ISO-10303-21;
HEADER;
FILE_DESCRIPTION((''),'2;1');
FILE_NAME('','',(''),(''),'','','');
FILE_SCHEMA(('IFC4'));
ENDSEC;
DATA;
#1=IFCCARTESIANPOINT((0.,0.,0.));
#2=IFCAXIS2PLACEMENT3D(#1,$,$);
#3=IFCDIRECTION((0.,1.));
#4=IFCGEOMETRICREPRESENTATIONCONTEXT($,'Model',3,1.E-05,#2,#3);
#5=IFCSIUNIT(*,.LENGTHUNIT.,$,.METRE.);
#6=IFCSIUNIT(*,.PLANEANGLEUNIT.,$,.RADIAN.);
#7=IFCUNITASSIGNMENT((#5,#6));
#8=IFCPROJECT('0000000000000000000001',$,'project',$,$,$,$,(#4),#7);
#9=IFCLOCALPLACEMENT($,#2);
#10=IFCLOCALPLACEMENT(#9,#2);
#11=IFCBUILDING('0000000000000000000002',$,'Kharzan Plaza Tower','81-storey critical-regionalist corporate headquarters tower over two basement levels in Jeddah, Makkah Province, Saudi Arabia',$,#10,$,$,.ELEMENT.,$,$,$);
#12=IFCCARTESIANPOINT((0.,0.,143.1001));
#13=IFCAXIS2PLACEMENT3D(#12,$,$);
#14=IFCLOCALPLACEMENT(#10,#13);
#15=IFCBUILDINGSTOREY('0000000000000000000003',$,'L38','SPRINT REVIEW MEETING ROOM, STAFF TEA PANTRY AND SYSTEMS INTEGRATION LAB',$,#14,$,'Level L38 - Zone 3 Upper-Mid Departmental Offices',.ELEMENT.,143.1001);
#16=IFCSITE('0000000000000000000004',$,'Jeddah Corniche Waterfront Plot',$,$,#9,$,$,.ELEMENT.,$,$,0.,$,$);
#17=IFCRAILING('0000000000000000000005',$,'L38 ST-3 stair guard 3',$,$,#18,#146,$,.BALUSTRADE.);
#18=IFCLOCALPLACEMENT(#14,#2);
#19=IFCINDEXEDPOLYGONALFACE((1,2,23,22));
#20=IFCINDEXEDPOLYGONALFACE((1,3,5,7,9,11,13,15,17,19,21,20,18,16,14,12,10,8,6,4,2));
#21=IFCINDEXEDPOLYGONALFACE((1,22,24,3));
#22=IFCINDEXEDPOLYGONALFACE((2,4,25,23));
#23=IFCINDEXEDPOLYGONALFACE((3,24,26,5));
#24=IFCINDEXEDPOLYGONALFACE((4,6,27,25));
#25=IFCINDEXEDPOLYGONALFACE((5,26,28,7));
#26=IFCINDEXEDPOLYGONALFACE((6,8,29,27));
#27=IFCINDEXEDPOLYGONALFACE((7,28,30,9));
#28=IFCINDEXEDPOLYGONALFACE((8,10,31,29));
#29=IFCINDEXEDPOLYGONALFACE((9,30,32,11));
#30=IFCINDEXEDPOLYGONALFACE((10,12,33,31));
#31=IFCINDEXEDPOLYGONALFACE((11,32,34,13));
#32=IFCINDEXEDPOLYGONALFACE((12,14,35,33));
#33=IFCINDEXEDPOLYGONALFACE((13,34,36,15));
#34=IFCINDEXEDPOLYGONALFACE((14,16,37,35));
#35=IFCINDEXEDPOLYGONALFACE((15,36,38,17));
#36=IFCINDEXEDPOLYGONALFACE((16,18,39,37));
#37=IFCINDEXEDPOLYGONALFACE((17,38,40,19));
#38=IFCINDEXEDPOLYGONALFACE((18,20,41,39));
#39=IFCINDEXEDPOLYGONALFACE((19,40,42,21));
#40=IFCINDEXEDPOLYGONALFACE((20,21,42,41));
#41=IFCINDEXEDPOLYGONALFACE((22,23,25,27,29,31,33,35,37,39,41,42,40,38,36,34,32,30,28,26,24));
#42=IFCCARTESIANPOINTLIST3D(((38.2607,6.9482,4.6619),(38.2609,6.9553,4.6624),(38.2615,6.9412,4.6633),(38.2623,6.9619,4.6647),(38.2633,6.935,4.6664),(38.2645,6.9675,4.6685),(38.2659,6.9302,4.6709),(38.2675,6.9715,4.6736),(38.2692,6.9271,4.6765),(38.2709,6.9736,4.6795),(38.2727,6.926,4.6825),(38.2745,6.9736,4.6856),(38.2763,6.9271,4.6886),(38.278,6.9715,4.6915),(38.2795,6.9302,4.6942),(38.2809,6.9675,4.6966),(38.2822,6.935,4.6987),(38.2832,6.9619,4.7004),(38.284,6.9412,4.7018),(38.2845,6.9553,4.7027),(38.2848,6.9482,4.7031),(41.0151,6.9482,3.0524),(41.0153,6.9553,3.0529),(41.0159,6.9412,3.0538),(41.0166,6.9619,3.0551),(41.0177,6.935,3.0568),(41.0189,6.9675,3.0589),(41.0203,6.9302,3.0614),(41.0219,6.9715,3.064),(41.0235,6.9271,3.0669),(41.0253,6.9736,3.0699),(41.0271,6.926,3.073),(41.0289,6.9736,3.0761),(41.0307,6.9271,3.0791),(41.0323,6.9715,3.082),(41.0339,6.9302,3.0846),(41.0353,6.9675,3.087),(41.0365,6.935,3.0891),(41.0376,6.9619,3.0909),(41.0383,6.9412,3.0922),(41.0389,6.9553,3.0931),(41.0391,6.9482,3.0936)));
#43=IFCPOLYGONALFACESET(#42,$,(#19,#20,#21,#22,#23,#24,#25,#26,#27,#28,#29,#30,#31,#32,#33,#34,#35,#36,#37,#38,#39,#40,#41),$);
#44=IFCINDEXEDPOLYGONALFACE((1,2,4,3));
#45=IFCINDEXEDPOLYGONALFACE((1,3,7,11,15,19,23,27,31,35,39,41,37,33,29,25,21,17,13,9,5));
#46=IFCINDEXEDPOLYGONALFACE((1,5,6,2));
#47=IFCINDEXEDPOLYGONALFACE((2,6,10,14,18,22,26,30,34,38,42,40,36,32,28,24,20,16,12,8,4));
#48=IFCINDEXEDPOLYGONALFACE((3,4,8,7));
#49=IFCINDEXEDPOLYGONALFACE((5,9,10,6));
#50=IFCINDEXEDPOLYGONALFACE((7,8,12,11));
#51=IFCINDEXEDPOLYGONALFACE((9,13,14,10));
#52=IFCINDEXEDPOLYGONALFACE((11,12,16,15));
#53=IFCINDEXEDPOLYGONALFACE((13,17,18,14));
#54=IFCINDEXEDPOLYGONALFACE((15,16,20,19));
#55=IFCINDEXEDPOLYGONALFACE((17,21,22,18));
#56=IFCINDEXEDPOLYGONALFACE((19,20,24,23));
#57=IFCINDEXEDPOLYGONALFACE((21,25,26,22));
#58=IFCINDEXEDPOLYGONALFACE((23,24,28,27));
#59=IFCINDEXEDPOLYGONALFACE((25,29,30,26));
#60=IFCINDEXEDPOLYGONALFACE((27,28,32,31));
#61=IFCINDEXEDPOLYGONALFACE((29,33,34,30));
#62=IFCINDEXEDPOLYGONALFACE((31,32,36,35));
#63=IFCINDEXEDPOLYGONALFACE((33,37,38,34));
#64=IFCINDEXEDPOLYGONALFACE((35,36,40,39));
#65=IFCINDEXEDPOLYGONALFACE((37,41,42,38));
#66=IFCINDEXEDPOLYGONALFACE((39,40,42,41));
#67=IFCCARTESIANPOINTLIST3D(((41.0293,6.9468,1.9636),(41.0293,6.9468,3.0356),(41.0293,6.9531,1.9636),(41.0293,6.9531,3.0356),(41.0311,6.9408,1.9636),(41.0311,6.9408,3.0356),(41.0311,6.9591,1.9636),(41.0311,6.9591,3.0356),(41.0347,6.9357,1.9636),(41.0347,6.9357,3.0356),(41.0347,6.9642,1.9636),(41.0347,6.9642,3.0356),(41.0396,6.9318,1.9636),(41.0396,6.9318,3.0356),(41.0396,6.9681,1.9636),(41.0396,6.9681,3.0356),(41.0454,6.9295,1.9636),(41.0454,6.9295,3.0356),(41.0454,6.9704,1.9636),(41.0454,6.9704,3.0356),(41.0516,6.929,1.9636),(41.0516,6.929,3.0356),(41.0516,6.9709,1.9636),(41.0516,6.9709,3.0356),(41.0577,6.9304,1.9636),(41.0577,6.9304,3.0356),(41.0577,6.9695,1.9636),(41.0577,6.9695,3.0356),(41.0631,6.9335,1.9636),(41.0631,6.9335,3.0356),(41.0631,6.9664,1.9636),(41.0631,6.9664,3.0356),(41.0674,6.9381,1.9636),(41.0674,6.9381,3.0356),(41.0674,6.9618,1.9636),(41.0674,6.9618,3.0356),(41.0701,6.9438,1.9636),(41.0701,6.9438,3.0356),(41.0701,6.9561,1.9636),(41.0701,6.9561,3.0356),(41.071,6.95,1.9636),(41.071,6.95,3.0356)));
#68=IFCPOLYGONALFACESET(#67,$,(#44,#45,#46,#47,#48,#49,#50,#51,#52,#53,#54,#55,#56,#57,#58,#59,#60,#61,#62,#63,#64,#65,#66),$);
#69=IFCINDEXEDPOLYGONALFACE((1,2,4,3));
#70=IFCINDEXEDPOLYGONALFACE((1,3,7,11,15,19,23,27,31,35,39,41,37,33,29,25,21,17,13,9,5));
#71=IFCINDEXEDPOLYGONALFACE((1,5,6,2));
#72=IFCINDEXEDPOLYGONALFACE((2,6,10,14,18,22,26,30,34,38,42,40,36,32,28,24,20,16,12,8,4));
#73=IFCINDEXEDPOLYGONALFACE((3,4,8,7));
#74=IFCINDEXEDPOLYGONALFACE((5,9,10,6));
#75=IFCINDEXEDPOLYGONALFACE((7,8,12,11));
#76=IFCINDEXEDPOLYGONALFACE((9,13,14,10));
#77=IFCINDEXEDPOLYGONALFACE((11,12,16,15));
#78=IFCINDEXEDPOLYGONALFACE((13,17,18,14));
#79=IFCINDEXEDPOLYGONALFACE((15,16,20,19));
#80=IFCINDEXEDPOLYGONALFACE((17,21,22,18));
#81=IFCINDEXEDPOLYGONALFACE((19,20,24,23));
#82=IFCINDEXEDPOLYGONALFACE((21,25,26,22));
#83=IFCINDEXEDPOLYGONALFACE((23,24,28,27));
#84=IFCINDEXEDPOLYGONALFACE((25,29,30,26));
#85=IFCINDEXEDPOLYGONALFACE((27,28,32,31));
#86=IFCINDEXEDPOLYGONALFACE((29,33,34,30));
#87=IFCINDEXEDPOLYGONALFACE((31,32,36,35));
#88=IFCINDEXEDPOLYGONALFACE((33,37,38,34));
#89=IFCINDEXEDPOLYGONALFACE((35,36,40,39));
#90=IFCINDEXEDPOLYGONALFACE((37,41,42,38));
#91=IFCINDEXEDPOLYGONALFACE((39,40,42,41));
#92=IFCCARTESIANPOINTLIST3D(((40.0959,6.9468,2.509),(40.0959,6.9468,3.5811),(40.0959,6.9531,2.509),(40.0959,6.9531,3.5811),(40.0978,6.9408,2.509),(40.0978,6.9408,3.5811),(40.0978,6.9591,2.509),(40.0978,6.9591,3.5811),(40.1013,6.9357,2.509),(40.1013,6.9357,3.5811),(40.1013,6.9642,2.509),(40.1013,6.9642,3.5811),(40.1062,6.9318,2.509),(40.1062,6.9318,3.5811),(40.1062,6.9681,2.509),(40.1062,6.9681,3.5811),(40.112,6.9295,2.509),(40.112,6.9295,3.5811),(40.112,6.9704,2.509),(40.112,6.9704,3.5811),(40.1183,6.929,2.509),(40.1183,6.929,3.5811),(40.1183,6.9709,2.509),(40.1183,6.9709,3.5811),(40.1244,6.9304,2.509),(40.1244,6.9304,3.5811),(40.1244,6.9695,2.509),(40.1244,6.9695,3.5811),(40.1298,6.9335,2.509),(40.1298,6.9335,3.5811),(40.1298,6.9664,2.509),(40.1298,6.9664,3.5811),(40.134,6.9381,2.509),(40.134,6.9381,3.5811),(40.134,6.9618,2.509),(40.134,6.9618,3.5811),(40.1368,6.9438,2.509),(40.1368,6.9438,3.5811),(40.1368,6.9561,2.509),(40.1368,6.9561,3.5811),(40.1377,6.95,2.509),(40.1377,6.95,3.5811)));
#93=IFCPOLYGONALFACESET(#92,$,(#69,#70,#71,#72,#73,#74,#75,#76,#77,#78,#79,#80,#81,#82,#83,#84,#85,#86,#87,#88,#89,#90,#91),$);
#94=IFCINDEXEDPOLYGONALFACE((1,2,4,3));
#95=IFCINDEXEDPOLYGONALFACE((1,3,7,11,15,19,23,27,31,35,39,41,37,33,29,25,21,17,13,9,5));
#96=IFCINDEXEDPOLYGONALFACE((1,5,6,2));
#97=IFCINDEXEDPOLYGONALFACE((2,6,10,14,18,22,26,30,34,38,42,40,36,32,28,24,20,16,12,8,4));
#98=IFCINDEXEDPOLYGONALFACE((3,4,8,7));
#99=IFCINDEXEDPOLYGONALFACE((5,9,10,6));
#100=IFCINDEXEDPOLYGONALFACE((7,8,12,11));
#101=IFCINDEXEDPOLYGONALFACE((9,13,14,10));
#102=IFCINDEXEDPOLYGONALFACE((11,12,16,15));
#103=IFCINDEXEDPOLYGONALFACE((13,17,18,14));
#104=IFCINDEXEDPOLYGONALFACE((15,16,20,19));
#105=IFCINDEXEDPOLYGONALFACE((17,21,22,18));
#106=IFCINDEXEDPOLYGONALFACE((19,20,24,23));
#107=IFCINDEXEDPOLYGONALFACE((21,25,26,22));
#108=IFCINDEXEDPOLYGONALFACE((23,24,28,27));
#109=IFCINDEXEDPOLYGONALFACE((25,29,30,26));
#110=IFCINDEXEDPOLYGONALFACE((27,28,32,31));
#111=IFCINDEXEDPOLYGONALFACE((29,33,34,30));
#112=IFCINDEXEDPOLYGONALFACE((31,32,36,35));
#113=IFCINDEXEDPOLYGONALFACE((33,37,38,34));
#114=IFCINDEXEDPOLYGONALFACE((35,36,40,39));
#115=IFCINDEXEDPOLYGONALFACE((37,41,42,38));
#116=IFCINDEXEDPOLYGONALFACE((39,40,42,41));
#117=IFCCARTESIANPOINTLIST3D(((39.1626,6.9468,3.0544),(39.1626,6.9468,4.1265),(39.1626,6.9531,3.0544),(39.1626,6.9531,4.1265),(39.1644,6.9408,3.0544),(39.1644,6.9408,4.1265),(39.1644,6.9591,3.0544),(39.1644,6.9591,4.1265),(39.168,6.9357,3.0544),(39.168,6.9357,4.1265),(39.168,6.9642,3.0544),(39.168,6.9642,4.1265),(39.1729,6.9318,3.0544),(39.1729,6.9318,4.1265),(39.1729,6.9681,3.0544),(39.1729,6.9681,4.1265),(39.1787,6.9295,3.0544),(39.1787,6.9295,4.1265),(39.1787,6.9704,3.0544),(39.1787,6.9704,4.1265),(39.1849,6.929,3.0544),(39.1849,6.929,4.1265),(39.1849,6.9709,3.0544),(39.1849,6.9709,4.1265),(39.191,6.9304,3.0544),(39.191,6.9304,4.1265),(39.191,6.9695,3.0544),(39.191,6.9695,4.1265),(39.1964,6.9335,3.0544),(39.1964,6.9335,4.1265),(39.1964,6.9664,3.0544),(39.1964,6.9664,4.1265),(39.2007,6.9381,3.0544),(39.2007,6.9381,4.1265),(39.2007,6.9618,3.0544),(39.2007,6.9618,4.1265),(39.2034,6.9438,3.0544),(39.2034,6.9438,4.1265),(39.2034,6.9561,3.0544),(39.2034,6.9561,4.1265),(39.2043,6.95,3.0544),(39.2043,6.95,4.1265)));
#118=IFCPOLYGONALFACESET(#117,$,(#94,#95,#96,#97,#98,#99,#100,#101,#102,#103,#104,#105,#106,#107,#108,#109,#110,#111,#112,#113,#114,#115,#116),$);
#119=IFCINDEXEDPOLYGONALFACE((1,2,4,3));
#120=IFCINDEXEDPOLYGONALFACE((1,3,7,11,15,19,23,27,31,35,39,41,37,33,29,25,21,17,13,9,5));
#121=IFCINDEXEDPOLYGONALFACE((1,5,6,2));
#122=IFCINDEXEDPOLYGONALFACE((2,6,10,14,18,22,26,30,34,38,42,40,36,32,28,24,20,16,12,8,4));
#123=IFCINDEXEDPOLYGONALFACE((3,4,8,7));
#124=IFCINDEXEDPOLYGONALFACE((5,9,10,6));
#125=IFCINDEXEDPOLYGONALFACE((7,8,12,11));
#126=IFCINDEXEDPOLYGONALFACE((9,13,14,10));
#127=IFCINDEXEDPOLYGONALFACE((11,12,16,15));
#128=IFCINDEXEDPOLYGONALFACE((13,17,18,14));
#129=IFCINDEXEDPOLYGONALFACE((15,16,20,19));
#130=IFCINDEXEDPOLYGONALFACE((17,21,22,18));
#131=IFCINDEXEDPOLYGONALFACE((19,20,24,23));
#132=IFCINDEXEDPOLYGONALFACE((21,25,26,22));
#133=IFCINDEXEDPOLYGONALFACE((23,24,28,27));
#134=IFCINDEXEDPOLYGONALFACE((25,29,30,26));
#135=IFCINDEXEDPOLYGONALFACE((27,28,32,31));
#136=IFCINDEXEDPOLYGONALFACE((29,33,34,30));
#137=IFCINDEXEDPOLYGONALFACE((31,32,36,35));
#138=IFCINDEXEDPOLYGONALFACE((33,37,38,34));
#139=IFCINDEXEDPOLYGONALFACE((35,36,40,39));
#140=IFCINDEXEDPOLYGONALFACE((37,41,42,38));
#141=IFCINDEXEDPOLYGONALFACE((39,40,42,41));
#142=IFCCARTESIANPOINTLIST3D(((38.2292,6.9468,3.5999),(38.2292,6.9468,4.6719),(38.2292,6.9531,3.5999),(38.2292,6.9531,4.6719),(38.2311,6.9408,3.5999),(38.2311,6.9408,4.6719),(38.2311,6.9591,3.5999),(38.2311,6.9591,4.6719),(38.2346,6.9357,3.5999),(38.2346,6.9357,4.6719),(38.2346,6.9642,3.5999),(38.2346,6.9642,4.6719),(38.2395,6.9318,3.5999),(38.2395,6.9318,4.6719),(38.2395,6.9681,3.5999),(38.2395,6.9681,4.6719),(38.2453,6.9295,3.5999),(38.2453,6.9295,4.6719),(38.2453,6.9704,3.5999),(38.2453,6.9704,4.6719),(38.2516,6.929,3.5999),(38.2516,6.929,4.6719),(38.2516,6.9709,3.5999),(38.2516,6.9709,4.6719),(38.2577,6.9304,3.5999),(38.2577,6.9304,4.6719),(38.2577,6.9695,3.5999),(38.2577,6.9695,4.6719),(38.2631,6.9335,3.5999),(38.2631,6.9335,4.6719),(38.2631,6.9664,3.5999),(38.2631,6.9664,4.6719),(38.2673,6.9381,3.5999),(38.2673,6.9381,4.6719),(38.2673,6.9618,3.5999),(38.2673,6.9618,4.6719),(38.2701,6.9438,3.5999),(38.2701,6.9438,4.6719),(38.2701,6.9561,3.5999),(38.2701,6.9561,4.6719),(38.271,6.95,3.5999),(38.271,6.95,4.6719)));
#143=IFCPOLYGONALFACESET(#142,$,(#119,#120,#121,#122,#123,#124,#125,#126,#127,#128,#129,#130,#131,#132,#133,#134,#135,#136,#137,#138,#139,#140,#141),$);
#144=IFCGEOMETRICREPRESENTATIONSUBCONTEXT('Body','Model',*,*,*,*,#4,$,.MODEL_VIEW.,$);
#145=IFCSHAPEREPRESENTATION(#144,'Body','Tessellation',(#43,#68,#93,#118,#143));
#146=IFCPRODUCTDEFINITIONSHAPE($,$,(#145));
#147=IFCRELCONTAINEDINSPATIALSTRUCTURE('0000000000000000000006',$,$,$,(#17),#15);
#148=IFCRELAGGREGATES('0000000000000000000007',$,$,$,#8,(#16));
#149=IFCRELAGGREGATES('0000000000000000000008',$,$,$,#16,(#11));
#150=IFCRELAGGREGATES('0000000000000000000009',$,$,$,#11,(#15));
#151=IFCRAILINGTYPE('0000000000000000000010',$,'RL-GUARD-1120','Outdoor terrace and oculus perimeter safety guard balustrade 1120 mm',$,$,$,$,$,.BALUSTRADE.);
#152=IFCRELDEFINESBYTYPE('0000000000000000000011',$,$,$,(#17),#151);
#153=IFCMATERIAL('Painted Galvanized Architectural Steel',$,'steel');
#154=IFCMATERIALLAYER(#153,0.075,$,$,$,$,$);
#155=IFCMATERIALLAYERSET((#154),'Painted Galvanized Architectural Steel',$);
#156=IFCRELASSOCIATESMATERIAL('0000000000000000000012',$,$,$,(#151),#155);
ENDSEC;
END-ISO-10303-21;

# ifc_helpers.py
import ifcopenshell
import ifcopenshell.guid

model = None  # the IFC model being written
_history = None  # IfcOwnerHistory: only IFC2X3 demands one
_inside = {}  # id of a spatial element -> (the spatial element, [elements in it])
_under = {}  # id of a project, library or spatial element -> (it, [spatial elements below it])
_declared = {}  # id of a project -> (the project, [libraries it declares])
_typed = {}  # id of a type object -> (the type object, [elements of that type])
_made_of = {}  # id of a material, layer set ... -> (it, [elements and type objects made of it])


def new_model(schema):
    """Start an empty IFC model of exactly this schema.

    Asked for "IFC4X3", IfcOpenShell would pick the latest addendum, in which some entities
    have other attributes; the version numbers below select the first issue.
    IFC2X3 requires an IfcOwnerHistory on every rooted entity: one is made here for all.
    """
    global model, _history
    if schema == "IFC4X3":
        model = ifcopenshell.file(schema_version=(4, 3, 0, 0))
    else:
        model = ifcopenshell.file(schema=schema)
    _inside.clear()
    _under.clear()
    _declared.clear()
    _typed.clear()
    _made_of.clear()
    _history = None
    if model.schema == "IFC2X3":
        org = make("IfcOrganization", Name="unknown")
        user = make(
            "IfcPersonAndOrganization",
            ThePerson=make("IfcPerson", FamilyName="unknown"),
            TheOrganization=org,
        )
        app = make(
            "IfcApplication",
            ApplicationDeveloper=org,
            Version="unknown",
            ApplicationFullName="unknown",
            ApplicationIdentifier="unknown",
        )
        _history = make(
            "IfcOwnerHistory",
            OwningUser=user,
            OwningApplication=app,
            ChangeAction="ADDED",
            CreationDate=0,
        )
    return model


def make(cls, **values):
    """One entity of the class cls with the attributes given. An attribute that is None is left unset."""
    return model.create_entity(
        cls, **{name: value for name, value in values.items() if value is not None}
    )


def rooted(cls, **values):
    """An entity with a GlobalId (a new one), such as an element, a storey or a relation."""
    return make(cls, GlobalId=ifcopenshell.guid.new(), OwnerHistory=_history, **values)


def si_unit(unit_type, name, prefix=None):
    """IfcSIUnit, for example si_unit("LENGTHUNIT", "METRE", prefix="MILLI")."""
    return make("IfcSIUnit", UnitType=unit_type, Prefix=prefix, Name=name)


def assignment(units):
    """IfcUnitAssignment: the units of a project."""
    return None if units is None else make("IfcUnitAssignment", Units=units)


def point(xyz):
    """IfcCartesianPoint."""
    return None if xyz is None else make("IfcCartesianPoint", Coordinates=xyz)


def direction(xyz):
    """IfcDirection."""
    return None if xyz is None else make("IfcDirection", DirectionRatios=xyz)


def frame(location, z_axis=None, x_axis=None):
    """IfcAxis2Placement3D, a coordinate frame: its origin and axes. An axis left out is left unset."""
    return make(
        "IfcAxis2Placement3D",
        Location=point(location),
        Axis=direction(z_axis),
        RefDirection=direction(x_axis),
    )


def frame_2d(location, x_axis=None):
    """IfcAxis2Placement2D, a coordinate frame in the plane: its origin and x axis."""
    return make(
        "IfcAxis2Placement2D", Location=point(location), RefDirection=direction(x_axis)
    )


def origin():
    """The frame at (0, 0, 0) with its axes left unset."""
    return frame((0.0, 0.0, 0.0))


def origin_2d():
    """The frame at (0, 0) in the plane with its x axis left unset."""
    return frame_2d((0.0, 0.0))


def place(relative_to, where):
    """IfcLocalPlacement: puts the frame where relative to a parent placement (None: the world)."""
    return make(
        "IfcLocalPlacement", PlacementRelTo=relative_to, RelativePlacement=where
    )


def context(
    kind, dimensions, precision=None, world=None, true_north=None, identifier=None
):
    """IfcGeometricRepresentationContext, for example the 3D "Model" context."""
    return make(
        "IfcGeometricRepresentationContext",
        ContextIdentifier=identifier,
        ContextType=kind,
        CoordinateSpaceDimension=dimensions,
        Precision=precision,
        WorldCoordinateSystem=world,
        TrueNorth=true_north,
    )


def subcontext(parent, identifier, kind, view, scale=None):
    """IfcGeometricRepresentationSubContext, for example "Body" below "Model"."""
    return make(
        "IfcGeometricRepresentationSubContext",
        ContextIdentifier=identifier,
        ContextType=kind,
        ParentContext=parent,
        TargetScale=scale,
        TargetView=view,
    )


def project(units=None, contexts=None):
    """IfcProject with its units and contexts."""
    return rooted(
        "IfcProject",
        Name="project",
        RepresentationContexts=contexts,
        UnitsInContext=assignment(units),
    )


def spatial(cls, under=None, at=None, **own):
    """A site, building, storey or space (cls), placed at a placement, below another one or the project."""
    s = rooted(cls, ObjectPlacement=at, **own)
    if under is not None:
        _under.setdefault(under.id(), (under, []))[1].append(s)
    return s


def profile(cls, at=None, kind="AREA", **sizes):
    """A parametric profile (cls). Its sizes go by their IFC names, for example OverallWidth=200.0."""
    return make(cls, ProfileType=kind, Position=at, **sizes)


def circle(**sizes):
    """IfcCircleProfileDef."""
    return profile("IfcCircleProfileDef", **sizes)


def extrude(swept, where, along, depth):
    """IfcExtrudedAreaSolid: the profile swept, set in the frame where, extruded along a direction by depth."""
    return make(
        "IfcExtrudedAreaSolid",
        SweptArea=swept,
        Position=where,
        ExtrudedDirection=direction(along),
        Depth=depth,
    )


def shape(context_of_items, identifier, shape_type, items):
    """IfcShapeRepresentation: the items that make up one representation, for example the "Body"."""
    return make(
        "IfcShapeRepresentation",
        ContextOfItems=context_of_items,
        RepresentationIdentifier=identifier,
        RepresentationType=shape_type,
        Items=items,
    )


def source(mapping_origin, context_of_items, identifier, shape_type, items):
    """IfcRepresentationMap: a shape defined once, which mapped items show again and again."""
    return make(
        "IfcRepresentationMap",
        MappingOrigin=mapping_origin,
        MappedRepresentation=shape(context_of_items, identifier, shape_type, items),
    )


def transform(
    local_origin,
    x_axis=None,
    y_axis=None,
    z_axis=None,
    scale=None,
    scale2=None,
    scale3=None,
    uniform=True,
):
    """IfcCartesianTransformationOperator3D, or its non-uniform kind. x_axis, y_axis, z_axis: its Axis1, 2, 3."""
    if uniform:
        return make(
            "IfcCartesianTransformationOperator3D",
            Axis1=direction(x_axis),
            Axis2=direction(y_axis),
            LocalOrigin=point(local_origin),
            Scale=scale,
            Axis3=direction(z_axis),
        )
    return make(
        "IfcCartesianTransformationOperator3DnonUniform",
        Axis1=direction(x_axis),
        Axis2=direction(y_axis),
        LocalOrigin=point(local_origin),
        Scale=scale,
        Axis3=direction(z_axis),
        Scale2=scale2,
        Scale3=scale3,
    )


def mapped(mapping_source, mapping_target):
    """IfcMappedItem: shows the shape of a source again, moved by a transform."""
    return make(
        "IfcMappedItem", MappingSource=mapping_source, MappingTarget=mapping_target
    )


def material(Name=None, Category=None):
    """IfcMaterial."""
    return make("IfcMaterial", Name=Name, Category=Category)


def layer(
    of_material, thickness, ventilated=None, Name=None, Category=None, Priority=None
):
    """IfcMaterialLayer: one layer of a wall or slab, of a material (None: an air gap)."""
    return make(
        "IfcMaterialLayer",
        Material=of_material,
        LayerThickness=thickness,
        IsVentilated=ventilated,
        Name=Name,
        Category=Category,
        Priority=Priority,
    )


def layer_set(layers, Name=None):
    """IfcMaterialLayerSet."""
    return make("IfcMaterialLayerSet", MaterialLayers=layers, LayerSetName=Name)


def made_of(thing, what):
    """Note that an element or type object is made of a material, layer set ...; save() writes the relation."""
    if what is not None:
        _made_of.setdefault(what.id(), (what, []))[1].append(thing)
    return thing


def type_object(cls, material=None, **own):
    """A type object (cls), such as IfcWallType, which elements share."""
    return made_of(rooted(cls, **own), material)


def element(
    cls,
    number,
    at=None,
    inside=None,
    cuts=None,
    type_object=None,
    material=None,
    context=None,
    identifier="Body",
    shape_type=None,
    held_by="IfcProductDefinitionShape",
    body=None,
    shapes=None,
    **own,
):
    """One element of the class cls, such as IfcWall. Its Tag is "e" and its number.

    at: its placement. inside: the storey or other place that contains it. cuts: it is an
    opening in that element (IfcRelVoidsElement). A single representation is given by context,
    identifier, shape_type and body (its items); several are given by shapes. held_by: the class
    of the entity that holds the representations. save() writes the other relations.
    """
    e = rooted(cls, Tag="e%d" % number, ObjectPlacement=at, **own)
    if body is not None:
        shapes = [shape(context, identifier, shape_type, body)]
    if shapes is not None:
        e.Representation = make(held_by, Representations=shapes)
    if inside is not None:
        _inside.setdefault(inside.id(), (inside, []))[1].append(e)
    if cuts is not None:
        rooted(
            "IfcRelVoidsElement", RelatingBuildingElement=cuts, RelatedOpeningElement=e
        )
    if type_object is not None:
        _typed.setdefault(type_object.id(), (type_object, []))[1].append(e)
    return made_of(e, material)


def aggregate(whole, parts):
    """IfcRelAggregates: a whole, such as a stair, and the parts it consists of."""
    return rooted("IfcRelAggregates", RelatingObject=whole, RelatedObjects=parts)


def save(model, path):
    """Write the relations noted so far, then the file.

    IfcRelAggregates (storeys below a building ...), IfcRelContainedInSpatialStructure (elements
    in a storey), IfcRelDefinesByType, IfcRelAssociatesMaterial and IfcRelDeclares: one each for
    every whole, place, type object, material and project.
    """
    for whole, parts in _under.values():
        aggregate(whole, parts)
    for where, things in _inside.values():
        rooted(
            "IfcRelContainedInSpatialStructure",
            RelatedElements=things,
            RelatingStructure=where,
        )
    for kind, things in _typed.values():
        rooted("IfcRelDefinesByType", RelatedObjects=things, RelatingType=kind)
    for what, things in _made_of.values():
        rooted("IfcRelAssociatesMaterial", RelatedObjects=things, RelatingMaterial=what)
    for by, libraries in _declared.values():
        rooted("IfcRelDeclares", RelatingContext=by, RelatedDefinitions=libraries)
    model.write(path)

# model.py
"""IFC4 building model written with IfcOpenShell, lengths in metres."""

from ifc_helpers import new_model, si_unit, direction, frame, origin, origin_2d, place, context, subcontext, project, spatial, circle, extrude, source, transform, mapped, material, layer, layer_set, type_object, element, save


model = new_model("IFC4")

# Units and contexts
model_context = context("Model", 3, precision=1e-05, world=origin(), true_north=direction((0.0, 1.0)))
body_context = subcontext(model_context, "Body", "Model", "MODEL_VIEW")
ifc_project = project(units=[si_unit("LENGTHUNIT", "METRE"), si_unit("PLANEANGLEUNIT", "RADIAN")], contexts=[model_context])

# Site, building, storey
site_placement = place(None, origin())
site = spatial("IfcSite", under=ifc_project, at=site_placement, Name="Jeddah Corniche Waterfront Plot", CompositionType="ELEMENT", RefElevation=0.0)
building_placement = place(site_placement, origin())
building = spatial("IfcBuilding", under=site, at=building_placement, Name="Kharzan Plaza Tower", Description="81-storey critical-regionalist corporate headquarters tower over two basement levels in Jeddah, Makkah Province, Saudi Arabia", CompositionType="ELEMENT")
storey_placement = place(building_placement, frame((0.0, 0.0, 143.1001)))
storey = spatial("IfcBuildingStorey", under=building, at=storey_placement, Name="L38", Description="SPRINT REVIEW MEETING ROOM, STAFF TEA PANTRY AND SYSTEMS INTEGRATION LAB", LongName="Level L38 - Zone 3 Upper-Mid Departmental Offices", CompositionType="ELEMENT", Elevation=143.1001)

# Railing
ifc_material_1 = material(Name="Painted Galvanized Architectural Steel", Category="steel")
ifc_layer_1 = layer(ifc_material_1, 0.075)
ifc_layer_set_1 = layer_set([ifc_layer_1], Name="Painted Galvanized Architectural Steel")
railing_type_1 = type_object("IfcRailingType", Name="RL-GUARD-1120", Description="Outdoor terrace and oculus perimeter safety guard balustrade 1120 mm", PredefinedType="BALUSTRADE", material=ifc_layer_set_1)
shared_shape_1 = source(origin(), body_context, "Body", "SweptSolid", [
    extrude(circle(Radius=0.0239, at=origin_2d()), frame((-0.0229, 0.0, 1.1094), z_axis=(-0.863394, 0.0, 0.504531), x_axis=(0.0, -1.0, 0.0)), (0.0, 0.0, 1.0), 3.1902),
    extrude(circle(Radius=0.021, at=origin_2d()), origin(), (0.0, 0.0, 1.0), 1.072),
    extrude(circle(Radius=0.021, at=origin_2d()), frame((-0.9333, 0.0, 0.5454)), (0.0, 0.0, 1.0), 1.072),
    extrude(circle(Radius=0.021, at=origin_2d()), frame((-1.8667, 0.0, 1.0908)), (0.0, 0.0, 1.0), 1.072),
    extrude(circle(Radius=0.021, at=origin_2d()), frame((-2.8, 0.0, 1.6362)), (0.0, 0.0, 1.0), 1.072),
])
railing_1_placement = place(storey_placement, frame((41.05, 6.95, 1.9636)))
element("IfcRailing", 1, at=railing_1_placement, inside=storey, type_object=railing_type_1, Name="L38 ST-3 stair guard 3", PredefinedType="BALUSTRADE", context=body_context, shape_type="MappedRepresentation", body=[
    mapped(shared_shape_1, transform((0.0, 0.0, 0.0), x_axis=(1.0, 0.0, 0.0), y_axis=(0.0, 1.0, 0.0), z_axis=(0.0, 0.0, 1.0))),
])

save(model, "model.ifc")
